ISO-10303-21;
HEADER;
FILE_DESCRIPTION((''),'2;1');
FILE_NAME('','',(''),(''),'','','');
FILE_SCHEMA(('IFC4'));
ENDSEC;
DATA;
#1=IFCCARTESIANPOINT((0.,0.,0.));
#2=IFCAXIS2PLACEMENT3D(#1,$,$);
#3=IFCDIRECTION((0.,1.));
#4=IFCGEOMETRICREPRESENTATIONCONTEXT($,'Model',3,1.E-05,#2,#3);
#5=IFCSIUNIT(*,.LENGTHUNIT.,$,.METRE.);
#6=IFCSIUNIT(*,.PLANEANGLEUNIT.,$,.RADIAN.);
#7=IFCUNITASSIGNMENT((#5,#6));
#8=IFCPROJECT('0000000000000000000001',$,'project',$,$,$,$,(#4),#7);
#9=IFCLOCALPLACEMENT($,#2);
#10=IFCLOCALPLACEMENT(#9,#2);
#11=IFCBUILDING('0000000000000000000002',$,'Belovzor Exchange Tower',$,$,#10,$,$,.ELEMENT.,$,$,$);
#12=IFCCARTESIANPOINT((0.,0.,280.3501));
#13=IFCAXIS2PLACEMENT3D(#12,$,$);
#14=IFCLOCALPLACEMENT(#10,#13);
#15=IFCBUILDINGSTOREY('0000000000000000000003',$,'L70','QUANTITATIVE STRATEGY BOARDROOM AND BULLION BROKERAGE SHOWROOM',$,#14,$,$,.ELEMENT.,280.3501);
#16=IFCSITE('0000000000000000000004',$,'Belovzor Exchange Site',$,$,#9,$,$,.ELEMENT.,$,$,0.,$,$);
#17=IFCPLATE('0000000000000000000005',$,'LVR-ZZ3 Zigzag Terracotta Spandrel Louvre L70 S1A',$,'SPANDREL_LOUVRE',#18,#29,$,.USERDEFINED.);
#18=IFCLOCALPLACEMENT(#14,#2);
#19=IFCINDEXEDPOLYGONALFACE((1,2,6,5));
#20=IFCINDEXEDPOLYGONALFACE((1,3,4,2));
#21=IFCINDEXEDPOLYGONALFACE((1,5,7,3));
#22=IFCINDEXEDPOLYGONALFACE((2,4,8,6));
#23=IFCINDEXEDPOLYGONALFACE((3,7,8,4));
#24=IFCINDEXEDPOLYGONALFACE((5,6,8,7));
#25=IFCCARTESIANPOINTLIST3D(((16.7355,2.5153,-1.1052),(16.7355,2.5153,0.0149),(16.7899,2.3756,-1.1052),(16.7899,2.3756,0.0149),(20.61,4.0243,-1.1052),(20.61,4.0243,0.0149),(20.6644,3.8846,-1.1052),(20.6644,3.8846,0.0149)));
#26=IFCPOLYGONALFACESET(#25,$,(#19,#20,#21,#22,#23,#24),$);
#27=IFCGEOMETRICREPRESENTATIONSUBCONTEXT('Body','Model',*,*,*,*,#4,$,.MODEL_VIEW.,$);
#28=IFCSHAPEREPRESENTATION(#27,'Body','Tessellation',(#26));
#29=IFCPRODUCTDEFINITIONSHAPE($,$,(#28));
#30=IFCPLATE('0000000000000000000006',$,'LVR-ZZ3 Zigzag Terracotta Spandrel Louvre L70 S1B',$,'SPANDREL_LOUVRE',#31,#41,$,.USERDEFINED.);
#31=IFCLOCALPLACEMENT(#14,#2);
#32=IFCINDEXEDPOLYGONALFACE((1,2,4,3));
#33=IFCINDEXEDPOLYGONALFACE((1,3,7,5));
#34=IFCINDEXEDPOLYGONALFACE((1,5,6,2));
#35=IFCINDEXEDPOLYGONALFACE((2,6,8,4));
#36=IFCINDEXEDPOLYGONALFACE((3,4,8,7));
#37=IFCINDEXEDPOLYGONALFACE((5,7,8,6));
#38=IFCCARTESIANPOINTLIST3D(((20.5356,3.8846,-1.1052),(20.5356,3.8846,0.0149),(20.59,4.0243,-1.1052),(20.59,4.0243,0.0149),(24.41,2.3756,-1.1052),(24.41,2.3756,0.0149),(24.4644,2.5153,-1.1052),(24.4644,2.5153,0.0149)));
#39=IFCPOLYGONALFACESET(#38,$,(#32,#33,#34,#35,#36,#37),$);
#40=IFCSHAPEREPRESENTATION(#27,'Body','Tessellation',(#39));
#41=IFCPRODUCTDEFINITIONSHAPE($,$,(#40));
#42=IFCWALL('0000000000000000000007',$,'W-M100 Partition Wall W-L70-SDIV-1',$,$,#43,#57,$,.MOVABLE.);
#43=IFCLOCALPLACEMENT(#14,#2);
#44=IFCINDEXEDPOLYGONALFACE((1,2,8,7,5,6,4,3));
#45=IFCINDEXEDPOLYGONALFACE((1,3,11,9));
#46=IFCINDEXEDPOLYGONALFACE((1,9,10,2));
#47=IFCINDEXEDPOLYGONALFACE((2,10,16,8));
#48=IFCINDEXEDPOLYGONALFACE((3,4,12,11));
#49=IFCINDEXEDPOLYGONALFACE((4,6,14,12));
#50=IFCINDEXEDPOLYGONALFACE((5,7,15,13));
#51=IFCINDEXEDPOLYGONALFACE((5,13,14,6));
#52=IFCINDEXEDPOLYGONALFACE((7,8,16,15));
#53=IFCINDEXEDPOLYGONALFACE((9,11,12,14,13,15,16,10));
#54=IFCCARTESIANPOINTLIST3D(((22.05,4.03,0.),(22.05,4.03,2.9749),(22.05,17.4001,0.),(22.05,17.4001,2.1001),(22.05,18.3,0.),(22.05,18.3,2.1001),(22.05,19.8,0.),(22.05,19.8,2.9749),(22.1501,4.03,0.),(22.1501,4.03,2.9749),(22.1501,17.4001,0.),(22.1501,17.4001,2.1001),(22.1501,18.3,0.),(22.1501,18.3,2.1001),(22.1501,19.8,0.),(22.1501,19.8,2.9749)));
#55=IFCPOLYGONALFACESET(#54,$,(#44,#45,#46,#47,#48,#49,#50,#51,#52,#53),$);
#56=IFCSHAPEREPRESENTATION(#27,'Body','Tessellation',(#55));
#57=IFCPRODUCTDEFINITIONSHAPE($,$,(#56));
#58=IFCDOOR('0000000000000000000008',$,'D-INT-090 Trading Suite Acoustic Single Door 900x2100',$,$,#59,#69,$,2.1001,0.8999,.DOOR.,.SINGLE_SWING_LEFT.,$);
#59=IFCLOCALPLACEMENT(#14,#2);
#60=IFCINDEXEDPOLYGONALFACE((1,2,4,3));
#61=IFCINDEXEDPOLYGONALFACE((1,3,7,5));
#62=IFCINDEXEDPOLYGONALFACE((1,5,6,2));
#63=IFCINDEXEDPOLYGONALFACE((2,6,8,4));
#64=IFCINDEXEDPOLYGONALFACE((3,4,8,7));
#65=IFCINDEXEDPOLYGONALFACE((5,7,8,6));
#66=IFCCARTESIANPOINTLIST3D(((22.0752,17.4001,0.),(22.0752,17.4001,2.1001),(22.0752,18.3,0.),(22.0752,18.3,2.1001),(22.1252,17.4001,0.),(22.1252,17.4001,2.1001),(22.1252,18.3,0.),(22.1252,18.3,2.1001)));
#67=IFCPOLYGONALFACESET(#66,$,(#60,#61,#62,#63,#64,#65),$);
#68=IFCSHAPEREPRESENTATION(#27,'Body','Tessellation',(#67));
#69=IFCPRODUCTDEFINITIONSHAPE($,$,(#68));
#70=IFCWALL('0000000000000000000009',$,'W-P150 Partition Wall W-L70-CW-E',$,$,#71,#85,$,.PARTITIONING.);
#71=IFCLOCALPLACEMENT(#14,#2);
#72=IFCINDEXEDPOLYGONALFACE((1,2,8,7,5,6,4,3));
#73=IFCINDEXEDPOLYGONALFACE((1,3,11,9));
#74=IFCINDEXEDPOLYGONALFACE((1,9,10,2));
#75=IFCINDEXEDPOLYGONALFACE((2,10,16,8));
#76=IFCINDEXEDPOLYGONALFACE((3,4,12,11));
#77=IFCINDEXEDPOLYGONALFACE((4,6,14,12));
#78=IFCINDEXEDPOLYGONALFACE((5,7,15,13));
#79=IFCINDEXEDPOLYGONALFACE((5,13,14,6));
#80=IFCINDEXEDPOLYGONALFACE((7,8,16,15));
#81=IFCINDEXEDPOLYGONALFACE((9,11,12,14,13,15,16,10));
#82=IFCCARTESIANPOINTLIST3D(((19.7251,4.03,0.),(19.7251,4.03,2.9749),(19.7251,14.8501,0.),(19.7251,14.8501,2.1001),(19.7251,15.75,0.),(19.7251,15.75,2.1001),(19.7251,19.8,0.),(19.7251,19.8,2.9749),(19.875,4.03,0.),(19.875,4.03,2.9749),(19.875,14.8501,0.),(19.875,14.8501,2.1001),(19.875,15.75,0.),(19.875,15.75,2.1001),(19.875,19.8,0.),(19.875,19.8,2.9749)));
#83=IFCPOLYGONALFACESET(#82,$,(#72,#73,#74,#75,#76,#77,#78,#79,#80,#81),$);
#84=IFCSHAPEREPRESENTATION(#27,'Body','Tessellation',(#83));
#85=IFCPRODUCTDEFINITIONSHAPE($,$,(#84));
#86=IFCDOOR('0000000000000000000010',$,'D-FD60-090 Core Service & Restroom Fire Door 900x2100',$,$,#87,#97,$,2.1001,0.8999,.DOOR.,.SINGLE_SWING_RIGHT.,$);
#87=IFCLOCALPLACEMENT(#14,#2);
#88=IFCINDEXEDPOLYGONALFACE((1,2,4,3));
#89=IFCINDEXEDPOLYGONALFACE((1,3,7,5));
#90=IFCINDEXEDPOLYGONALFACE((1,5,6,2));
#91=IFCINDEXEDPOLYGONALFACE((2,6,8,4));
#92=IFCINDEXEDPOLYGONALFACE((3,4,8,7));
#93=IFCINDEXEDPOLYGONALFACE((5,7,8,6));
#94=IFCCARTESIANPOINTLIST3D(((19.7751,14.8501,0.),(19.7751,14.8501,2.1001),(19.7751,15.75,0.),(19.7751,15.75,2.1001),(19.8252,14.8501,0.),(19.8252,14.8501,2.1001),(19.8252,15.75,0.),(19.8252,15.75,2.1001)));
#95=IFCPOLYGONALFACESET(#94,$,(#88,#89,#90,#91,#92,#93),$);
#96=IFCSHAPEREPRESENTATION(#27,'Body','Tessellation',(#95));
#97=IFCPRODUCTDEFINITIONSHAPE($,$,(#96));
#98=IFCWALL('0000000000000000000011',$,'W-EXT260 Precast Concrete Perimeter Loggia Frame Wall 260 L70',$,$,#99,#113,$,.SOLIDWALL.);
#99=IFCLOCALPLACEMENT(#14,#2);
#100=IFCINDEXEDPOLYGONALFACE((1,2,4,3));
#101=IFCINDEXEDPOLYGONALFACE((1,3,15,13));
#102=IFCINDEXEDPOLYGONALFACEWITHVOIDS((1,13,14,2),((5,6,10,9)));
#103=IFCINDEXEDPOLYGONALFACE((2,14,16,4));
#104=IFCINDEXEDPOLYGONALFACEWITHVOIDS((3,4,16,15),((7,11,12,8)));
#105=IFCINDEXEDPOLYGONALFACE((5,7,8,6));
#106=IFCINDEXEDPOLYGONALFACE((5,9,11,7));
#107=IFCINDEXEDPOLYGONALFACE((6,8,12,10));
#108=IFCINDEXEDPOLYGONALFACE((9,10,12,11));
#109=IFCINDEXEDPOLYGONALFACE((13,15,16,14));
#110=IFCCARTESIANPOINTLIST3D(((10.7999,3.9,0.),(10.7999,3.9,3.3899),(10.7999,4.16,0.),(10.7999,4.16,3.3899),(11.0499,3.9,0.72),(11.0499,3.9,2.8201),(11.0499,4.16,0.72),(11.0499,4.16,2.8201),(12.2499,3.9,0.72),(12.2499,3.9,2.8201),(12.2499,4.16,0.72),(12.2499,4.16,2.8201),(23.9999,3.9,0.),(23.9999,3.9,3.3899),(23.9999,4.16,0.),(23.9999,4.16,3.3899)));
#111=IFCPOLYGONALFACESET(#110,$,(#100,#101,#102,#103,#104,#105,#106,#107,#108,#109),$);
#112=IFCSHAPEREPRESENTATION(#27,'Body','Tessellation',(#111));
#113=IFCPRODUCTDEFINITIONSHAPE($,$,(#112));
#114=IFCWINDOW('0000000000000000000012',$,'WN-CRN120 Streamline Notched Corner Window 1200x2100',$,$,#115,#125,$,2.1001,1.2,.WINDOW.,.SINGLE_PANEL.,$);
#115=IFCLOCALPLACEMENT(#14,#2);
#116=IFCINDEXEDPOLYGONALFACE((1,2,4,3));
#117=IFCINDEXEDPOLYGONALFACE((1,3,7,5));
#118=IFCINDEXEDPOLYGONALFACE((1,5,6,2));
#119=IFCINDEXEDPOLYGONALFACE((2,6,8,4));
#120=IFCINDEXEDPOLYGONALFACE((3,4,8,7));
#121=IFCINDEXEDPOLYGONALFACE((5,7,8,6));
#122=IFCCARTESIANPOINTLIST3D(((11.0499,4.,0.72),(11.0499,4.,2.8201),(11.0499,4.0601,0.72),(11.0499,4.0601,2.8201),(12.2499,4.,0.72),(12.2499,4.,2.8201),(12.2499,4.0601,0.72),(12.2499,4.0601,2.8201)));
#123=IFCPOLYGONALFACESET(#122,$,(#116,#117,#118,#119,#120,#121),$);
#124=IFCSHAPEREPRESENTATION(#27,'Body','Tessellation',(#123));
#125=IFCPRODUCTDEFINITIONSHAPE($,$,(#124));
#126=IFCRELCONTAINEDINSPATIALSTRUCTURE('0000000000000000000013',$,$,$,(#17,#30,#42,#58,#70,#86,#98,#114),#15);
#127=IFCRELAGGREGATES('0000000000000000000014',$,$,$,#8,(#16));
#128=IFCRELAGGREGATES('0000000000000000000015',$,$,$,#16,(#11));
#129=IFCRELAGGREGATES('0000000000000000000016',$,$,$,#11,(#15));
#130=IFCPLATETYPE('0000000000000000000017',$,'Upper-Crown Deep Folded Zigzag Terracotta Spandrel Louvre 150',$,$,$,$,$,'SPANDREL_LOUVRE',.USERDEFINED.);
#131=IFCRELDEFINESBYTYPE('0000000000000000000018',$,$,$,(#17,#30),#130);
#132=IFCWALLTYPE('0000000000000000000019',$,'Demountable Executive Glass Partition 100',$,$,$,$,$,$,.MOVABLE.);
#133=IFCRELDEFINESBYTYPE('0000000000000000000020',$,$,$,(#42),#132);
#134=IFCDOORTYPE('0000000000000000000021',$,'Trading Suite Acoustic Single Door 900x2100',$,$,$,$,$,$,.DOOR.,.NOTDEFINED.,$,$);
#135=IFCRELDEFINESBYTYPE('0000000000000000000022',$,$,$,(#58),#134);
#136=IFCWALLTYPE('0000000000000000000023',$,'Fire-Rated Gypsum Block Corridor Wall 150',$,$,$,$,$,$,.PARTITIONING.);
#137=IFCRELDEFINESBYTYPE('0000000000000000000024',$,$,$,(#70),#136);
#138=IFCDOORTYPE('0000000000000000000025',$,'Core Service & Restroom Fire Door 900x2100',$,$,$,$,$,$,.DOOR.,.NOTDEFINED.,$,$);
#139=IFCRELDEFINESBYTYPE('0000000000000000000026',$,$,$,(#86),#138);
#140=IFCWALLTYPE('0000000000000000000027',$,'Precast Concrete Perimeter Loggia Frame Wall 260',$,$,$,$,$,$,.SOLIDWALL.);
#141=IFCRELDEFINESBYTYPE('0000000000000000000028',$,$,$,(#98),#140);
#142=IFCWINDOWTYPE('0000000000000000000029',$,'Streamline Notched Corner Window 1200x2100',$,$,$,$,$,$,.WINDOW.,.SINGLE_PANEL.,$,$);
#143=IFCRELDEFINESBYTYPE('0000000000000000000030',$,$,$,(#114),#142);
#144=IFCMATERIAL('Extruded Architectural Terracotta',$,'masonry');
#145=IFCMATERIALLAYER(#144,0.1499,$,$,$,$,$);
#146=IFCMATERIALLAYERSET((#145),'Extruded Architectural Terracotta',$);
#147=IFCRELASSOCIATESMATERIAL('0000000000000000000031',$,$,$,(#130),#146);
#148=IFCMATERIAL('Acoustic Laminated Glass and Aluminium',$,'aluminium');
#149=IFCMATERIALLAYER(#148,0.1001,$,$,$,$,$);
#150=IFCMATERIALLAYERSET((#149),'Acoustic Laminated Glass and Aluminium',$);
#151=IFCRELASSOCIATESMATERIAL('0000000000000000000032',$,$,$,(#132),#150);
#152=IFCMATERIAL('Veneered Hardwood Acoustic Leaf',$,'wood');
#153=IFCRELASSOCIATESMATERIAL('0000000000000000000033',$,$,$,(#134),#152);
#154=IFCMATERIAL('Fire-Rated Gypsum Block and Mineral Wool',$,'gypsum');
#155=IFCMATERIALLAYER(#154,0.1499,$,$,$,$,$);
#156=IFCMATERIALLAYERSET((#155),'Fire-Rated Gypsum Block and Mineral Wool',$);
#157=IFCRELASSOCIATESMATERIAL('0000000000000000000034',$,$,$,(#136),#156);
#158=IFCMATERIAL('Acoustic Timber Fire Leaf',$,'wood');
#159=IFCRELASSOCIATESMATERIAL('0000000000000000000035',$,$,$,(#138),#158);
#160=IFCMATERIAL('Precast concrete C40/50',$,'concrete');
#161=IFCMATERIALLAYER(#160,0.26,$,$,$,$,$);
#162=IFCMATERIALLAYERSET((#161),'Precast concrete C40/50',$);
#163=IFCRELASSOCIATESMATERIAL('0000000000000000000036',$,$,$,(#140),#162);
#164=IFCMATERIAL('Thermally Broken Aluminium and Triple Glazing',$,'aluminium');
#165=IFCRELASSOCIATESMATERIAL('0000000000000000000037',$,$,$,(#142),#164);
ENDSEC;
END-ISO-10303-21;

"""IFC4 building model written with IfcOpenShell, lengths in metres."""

from ifc_helpers import new_model, si_unit, direction, frame, frame_2d, origin, origin_2d, place, context, subcontext, project, spatial, rectangle, extrude, material, layer, layer_set, type_object, element, fill, save


model = new_model("IFC4")

# Units and contexts
model_context = context("Model", 3, precision=1e-05, world=origin(), true_north=direction((0.0, 1.0)))
body_context = subcontext(model_context, "Body", "Model", "MODEL_VIEW")
ifc_project = project(units=[si_unit("LENGTHUNIT", "METRE"), si_unit("PLANEANGLEUNIT", "RADIAN")], contexts=[model_context])

# Site, building, storey
site_placement = place(None, origin())
site = spatial("IfcSite", under=ifc_project, at=site_placement, Name="Belovzor Exchange Site", CompositionType="ELEMENT", RefElevation=0.0)
building_placement = place(site_placement, origin())
building = spatial("IfcBuilding", under=site, at=building_placement, Name="Belovzor Exchange Tower", CompositionType="ELEMENT")
storey_placement = place(building_placement, frame((0.0, 0.0, 280.3501)))
storey = spatial("IfcBuildingStorey", under=building, at=storey_placement, Name="L70", Description="QUANTITATIVE STRATEGY BOARDROOM AND BULLION BROKERAGE SHOWROOM", CompositionType="ELEMENT", Elevation=280.3501)

# Plates
ifc_material_1 = material(Name="Extruded Architectural Terracotta", Category="masonry")
ifc_layer_1 = layer(ifc_material_1, 0.1499)
ifc_layer_set_1 = layer_set([ifc_layer_1], Name="Extruded Architectural Terracotta")
plate_type_1 = type_object("IfcPlateType", Name="Upper-Crown Deep Folded Zigzag Terracotta Spandrel Louvre 150", ElementType="SPANDREL_LOUVRE", PredefinedType="USERDEFINED", material=ifc_layer_set_1)
for number, where, z_axis, x_axis, name in (
    (1, (18.7, 3.2, -1.1052), (0.0, 0.0, 1.0), (0.931818, 0.362926, 0.0), "LVR-ZZ3 Zigzag Terracotta Spandrel Louvre L70 S1A"),
    (2, (22.5, 3.2, -1.1052), (0.0, 0.0, 1.0), (0.931818, -0.362926, 0.0), "LVR-ZZ3 Zigzag Terracotta Spandrel Louvre L70 S1B"),
):
    element("IfcPlate", number, at=place(storey_placement, frame(where, z_axis=z_axis, x_axis=x_axis)), inside=storey, type_object=plate_type_1, Name=name, ObjectType="SPANDREL_LOUVRE", PredefinedType="USERDEFINED", context=body_context, shape_type="SweptSolid", body=[
        extrude(rectangle(XDim=4.158, YDim=0.1499, at=origin_2d()), origin(), (0.0, 0.0, 1.0), 1.1201),
    ])

# Walls, openings, doors
ifc_material_2 = material(Name="Acoustic Laminated Glass and Aluminium", Category="aluminium")
ifc_layer_2 = layer(ifc_material_2, 0.1001)
ifc_layer_set_2 = layer_set([ifc_layer_2], Name="Acoustic Laminated Glass and Aluminium")
wall_type_1 = type_object("IfcWallType", Name="Demountable Executive Glass Partition 100", PredefinedType="MOVABLE", material=ifc_layer_set_2)
wall_1_placement = place(storey_placement, frame((22.1001, 4.03, 0.0), z_axis=(0.0, 0.0, 1.0), x_axis=(0.0, 1.0, 0.0)))
wall_1 = element("IfcWall", 3, at=wall_1_placement, inside=storey, type_object=wall_type_1, Name="W-M100 Partition Wall W-L70-SDIV-1", PredefinedType="MOVABLE", context=body_context, shape_type="SweptSolid", body=[
    extrude(rectangle(XDim=15.77, YDim=0.1001, at=frame_2d((7.885, 0.0))), origin(), (0.0, 0.0, 1.0), 2.9749),
])
opening_1_placement = place(wall_1_placement, frame((13.3701, 0.0, 0.0)))
opening_1 = element("IfcOpeningElement", 4, at=opening_1_placement, cuts=wall_1, PredefinedType="OPENING", context=body_context, shape_type="SweptSolid", body=[
    extrude(rectangle(XDim=0.8999, YDim=2.1001, at=frame_2d((0.45, 1.05))), frame((0.0, 0.0601, 0.0), z_axis=(0.0, -1.0, 0.0), x_axis=(1.0, 0.0, 0.0)), (0.0, 0.0, 1.0), 0.1201),
])
ifc_material_3 = material(Name="Veneered Hardwood Acoustic Leaf", Category="wood")
door_type_1 = type_object("IfcDoorType", Name="Trading Suite Acoustic Single Door 900x2100", OperationType="NOTDEFINED", PredefinedType="DOOR", material=ifc_material_3)
door_1_placement = place(opening_1_placement, origin())
door_1 = element("IfcDoor", 5, at=door_1_placement, inside=storey, type_object=door_type_1, Name="D-INT-090 Trading Suite Acoustic Single Door 900x2100", OperationType="SINGLE_SWING_LEFT", OverallHeight=2.1001, OverallWidth=0.8999, PredefinedType="DOOR", context=body_context, shape_type="SweptSolid", body=[
    extrude(rectangle(XDim=0.8999, YDim=2.1001, at=frame_2d((0.45, 1.05))), frame((0.0, 0.0249, 0.0), z_axis=(0.0, -1.0, 0.0), x_axis=(1.0, 0.0, 0.0)), (0.0, 0.0, 1.0), 0.05),
])
fill(opening_1, door_1)
ifc_material_4 = material(Name="Fire-Rated Gypsum Block and Mineral Wool", Category="gypsum")
ifc_layer_3 = layer(ifc_material_4, 0.1499)
ifc_layer_set_3 = layer_set([ifc_layer_3], Name="Fire-Rated Gypsum Block and Mineral Wool")
wall_type_2 = type_object("IfcWallType", Name="Fire-Rated Gypsum Block Corridor Wall 150", PredefinedType="PARTITIONING", material=ifc_layer_set_3)
wall_2_placement = place(storey_placement, frame((19.8, 4.03, 0.0), z_axis=(0.0, 0.0, 1.0), x_axis=(0.0, 1.0, 0.0)))
wall_2 = element("IfcWall", 6, at=wall_2_placement, inside=storey, type_object=wall_type_2, Name="W-P150 Partition Wall W-L70-CW-E", PredefinedType="PARTITIONING", context=body_context, shape_type="SweptSolid", body=[
    extrude(rectangle(XDim=15.77, YDim=0.1499, at=frame_2d((7.885, 0.0))), origin(), (0.0, 0.0, 1.0), 2.9749),
])
opening_2_placement = place(wall_2_placement, frame((10.8201, 0.0, 0.0)))
opening_2 = element("IfcOpeningElement", 7, at=opening_2_placement, cuts=wall_2, PredefinedType="OPENING", context=body_context, shape_type="SweptSolid", body=[
    extrude(rectangle(XDim=0.8999, YDim=2.1001, at=frame_2d((0.45, 1.05))), frame((0.0, 0.085, 0.0), z_axis=(0.0, -1.0, 0.0), x_axis=(1.0, 0.0, 0.0)), (0.0, 0.0, 1.0), 0.1699),
])
ifc_material_5 = material(Name="Acoustic Timber Fire Leaf", Category="wood")
door_type_2 = type_object("IfcDoorType", Name="Core Service & Restroom Fire Door 900x2100", OperationType="NOTDEFINED", PredefinedType="DOOR", material=ifc_material_5)
door_2_placement = place(opening_2_placement, origin())
door_2 = element("IfcDoor", 8, at=door_2_placement, inside=storey, type_object=door_type_2, Name="D-FD60-090 Core Service & Restroom Fire Door 900x2100", OperationType="SINGLE_SWING_RIGHT", OverallHeight=2.1001, OverallWidth=0.8999, PredefinedType="DOOR", context=body_context, shape_type="SweptSolid", body=[
    extrude(rectangle(XDim=0.8999, YDim=2.1001, at=frame_2d((0.45, 1.05))), frame((0.0, 0.0249, 0.0), z_axis=(0.0, -1.0, 0.0), x_axis=(1.0, 0.0, 0.0)), (0.0, 0.0, 1.0), 0.05),
])
fill(opening_2, door_2)

# Wall, opening, window
ifc_material_6 = material(Name="Precast concrete C40/50", Category="concrete")
ifc_layer_4 = layer(ifc_material_6, 0.26)
ifc_layer_set_4 = layer_set([ifc_layer_4], Name="Precast concrete C40/50")
wall_type_3 = type_object("IfcWallType", Name="Precast Concrete Perimeter Loggia Frame Wall 260", PredefinedType="SOLIDWALL", material=ifc_layer_set_4)
wall_3_placement = place(storey_placement, frame((24.0, 4.03, 0.0), z_axis=(0.0, 0.0, 1.0), x_axis=(-1.0, 0.0, 0.0)))
wall_3 = element("IfcWall", 9, at=wall_3_placement, inside=storey, type_object=wall_type_3, Name="W-EXT260 Precast Concrete Perimeter Loggia Frame Wall 260 L70", PredefinedType="SOLIDWALL", context=body_context, shape_type="SweptSolid", body=[
    extrude(rectangle(XDim=13.2, YDim=0.26, at=frame_2d((6.6001, 0.0))), origin(), (0.0, 0.0, 1.0), 3.3899),
])
opening_3_placement = place(wall_3_placement, frame((11.75, 0.0, 0.72)))
opening_3 = element("IfcOpeningElement", 10, at=opening_3_placement, cuts=wall_3, PredefinedType="OPENING", context=body_context, shape_type="SweptSolid", body=[
    extrude(rectangle(XDim=1.2, YDim=2.1001, at=frame_2d((0.6001, 1.05))), frame((0.0, 0.1399, 0.0), z_axis=(0.0, -1.0, 0.0), x_axis=(1.0, 0.0, 0.0)), (0.0, 0.0, 1.0), 0.28),
])
ifc_material_7 = material(Name="Thermally Broken Aluminium and Triple Glazing", Category="aluminium")
window_type = type_object("IfcWindowType", Name="Streamline Notched Corner Window 1200x2100", PartitioningType="SINGLE_PANEL", PredefinedType="WINDOW", material=ifc_material_7)
window_placement = place(opening_3_placement, origin())
window = element("IfcWindow", 11, at=window_placement, inside=storey, type_object=window_type, Name="WN-CRN120 Streamline Notched Corner Window 1200x2100", OverallHeight=2.1001, OverallWidth=1.2, PartitioningType="SINGLE_PANEL", PredefinedType="WINDOW", context=body_context, shape_type="SweptSolid", body=[
    extrude(rectangle(XDim=1.2, YDim=2.1001, at=frame_2d((0.6001, 1.05))), frame((0.0, 0.03, 0.0), z_axis=(0.0, -1.0, 0.0), x_axis=(1.0, 0.0, 0.0)), (0.0, 0.0, 1.0), 0.0601),
])
fill(opening_3, window)

save(model, "model.ifc")
